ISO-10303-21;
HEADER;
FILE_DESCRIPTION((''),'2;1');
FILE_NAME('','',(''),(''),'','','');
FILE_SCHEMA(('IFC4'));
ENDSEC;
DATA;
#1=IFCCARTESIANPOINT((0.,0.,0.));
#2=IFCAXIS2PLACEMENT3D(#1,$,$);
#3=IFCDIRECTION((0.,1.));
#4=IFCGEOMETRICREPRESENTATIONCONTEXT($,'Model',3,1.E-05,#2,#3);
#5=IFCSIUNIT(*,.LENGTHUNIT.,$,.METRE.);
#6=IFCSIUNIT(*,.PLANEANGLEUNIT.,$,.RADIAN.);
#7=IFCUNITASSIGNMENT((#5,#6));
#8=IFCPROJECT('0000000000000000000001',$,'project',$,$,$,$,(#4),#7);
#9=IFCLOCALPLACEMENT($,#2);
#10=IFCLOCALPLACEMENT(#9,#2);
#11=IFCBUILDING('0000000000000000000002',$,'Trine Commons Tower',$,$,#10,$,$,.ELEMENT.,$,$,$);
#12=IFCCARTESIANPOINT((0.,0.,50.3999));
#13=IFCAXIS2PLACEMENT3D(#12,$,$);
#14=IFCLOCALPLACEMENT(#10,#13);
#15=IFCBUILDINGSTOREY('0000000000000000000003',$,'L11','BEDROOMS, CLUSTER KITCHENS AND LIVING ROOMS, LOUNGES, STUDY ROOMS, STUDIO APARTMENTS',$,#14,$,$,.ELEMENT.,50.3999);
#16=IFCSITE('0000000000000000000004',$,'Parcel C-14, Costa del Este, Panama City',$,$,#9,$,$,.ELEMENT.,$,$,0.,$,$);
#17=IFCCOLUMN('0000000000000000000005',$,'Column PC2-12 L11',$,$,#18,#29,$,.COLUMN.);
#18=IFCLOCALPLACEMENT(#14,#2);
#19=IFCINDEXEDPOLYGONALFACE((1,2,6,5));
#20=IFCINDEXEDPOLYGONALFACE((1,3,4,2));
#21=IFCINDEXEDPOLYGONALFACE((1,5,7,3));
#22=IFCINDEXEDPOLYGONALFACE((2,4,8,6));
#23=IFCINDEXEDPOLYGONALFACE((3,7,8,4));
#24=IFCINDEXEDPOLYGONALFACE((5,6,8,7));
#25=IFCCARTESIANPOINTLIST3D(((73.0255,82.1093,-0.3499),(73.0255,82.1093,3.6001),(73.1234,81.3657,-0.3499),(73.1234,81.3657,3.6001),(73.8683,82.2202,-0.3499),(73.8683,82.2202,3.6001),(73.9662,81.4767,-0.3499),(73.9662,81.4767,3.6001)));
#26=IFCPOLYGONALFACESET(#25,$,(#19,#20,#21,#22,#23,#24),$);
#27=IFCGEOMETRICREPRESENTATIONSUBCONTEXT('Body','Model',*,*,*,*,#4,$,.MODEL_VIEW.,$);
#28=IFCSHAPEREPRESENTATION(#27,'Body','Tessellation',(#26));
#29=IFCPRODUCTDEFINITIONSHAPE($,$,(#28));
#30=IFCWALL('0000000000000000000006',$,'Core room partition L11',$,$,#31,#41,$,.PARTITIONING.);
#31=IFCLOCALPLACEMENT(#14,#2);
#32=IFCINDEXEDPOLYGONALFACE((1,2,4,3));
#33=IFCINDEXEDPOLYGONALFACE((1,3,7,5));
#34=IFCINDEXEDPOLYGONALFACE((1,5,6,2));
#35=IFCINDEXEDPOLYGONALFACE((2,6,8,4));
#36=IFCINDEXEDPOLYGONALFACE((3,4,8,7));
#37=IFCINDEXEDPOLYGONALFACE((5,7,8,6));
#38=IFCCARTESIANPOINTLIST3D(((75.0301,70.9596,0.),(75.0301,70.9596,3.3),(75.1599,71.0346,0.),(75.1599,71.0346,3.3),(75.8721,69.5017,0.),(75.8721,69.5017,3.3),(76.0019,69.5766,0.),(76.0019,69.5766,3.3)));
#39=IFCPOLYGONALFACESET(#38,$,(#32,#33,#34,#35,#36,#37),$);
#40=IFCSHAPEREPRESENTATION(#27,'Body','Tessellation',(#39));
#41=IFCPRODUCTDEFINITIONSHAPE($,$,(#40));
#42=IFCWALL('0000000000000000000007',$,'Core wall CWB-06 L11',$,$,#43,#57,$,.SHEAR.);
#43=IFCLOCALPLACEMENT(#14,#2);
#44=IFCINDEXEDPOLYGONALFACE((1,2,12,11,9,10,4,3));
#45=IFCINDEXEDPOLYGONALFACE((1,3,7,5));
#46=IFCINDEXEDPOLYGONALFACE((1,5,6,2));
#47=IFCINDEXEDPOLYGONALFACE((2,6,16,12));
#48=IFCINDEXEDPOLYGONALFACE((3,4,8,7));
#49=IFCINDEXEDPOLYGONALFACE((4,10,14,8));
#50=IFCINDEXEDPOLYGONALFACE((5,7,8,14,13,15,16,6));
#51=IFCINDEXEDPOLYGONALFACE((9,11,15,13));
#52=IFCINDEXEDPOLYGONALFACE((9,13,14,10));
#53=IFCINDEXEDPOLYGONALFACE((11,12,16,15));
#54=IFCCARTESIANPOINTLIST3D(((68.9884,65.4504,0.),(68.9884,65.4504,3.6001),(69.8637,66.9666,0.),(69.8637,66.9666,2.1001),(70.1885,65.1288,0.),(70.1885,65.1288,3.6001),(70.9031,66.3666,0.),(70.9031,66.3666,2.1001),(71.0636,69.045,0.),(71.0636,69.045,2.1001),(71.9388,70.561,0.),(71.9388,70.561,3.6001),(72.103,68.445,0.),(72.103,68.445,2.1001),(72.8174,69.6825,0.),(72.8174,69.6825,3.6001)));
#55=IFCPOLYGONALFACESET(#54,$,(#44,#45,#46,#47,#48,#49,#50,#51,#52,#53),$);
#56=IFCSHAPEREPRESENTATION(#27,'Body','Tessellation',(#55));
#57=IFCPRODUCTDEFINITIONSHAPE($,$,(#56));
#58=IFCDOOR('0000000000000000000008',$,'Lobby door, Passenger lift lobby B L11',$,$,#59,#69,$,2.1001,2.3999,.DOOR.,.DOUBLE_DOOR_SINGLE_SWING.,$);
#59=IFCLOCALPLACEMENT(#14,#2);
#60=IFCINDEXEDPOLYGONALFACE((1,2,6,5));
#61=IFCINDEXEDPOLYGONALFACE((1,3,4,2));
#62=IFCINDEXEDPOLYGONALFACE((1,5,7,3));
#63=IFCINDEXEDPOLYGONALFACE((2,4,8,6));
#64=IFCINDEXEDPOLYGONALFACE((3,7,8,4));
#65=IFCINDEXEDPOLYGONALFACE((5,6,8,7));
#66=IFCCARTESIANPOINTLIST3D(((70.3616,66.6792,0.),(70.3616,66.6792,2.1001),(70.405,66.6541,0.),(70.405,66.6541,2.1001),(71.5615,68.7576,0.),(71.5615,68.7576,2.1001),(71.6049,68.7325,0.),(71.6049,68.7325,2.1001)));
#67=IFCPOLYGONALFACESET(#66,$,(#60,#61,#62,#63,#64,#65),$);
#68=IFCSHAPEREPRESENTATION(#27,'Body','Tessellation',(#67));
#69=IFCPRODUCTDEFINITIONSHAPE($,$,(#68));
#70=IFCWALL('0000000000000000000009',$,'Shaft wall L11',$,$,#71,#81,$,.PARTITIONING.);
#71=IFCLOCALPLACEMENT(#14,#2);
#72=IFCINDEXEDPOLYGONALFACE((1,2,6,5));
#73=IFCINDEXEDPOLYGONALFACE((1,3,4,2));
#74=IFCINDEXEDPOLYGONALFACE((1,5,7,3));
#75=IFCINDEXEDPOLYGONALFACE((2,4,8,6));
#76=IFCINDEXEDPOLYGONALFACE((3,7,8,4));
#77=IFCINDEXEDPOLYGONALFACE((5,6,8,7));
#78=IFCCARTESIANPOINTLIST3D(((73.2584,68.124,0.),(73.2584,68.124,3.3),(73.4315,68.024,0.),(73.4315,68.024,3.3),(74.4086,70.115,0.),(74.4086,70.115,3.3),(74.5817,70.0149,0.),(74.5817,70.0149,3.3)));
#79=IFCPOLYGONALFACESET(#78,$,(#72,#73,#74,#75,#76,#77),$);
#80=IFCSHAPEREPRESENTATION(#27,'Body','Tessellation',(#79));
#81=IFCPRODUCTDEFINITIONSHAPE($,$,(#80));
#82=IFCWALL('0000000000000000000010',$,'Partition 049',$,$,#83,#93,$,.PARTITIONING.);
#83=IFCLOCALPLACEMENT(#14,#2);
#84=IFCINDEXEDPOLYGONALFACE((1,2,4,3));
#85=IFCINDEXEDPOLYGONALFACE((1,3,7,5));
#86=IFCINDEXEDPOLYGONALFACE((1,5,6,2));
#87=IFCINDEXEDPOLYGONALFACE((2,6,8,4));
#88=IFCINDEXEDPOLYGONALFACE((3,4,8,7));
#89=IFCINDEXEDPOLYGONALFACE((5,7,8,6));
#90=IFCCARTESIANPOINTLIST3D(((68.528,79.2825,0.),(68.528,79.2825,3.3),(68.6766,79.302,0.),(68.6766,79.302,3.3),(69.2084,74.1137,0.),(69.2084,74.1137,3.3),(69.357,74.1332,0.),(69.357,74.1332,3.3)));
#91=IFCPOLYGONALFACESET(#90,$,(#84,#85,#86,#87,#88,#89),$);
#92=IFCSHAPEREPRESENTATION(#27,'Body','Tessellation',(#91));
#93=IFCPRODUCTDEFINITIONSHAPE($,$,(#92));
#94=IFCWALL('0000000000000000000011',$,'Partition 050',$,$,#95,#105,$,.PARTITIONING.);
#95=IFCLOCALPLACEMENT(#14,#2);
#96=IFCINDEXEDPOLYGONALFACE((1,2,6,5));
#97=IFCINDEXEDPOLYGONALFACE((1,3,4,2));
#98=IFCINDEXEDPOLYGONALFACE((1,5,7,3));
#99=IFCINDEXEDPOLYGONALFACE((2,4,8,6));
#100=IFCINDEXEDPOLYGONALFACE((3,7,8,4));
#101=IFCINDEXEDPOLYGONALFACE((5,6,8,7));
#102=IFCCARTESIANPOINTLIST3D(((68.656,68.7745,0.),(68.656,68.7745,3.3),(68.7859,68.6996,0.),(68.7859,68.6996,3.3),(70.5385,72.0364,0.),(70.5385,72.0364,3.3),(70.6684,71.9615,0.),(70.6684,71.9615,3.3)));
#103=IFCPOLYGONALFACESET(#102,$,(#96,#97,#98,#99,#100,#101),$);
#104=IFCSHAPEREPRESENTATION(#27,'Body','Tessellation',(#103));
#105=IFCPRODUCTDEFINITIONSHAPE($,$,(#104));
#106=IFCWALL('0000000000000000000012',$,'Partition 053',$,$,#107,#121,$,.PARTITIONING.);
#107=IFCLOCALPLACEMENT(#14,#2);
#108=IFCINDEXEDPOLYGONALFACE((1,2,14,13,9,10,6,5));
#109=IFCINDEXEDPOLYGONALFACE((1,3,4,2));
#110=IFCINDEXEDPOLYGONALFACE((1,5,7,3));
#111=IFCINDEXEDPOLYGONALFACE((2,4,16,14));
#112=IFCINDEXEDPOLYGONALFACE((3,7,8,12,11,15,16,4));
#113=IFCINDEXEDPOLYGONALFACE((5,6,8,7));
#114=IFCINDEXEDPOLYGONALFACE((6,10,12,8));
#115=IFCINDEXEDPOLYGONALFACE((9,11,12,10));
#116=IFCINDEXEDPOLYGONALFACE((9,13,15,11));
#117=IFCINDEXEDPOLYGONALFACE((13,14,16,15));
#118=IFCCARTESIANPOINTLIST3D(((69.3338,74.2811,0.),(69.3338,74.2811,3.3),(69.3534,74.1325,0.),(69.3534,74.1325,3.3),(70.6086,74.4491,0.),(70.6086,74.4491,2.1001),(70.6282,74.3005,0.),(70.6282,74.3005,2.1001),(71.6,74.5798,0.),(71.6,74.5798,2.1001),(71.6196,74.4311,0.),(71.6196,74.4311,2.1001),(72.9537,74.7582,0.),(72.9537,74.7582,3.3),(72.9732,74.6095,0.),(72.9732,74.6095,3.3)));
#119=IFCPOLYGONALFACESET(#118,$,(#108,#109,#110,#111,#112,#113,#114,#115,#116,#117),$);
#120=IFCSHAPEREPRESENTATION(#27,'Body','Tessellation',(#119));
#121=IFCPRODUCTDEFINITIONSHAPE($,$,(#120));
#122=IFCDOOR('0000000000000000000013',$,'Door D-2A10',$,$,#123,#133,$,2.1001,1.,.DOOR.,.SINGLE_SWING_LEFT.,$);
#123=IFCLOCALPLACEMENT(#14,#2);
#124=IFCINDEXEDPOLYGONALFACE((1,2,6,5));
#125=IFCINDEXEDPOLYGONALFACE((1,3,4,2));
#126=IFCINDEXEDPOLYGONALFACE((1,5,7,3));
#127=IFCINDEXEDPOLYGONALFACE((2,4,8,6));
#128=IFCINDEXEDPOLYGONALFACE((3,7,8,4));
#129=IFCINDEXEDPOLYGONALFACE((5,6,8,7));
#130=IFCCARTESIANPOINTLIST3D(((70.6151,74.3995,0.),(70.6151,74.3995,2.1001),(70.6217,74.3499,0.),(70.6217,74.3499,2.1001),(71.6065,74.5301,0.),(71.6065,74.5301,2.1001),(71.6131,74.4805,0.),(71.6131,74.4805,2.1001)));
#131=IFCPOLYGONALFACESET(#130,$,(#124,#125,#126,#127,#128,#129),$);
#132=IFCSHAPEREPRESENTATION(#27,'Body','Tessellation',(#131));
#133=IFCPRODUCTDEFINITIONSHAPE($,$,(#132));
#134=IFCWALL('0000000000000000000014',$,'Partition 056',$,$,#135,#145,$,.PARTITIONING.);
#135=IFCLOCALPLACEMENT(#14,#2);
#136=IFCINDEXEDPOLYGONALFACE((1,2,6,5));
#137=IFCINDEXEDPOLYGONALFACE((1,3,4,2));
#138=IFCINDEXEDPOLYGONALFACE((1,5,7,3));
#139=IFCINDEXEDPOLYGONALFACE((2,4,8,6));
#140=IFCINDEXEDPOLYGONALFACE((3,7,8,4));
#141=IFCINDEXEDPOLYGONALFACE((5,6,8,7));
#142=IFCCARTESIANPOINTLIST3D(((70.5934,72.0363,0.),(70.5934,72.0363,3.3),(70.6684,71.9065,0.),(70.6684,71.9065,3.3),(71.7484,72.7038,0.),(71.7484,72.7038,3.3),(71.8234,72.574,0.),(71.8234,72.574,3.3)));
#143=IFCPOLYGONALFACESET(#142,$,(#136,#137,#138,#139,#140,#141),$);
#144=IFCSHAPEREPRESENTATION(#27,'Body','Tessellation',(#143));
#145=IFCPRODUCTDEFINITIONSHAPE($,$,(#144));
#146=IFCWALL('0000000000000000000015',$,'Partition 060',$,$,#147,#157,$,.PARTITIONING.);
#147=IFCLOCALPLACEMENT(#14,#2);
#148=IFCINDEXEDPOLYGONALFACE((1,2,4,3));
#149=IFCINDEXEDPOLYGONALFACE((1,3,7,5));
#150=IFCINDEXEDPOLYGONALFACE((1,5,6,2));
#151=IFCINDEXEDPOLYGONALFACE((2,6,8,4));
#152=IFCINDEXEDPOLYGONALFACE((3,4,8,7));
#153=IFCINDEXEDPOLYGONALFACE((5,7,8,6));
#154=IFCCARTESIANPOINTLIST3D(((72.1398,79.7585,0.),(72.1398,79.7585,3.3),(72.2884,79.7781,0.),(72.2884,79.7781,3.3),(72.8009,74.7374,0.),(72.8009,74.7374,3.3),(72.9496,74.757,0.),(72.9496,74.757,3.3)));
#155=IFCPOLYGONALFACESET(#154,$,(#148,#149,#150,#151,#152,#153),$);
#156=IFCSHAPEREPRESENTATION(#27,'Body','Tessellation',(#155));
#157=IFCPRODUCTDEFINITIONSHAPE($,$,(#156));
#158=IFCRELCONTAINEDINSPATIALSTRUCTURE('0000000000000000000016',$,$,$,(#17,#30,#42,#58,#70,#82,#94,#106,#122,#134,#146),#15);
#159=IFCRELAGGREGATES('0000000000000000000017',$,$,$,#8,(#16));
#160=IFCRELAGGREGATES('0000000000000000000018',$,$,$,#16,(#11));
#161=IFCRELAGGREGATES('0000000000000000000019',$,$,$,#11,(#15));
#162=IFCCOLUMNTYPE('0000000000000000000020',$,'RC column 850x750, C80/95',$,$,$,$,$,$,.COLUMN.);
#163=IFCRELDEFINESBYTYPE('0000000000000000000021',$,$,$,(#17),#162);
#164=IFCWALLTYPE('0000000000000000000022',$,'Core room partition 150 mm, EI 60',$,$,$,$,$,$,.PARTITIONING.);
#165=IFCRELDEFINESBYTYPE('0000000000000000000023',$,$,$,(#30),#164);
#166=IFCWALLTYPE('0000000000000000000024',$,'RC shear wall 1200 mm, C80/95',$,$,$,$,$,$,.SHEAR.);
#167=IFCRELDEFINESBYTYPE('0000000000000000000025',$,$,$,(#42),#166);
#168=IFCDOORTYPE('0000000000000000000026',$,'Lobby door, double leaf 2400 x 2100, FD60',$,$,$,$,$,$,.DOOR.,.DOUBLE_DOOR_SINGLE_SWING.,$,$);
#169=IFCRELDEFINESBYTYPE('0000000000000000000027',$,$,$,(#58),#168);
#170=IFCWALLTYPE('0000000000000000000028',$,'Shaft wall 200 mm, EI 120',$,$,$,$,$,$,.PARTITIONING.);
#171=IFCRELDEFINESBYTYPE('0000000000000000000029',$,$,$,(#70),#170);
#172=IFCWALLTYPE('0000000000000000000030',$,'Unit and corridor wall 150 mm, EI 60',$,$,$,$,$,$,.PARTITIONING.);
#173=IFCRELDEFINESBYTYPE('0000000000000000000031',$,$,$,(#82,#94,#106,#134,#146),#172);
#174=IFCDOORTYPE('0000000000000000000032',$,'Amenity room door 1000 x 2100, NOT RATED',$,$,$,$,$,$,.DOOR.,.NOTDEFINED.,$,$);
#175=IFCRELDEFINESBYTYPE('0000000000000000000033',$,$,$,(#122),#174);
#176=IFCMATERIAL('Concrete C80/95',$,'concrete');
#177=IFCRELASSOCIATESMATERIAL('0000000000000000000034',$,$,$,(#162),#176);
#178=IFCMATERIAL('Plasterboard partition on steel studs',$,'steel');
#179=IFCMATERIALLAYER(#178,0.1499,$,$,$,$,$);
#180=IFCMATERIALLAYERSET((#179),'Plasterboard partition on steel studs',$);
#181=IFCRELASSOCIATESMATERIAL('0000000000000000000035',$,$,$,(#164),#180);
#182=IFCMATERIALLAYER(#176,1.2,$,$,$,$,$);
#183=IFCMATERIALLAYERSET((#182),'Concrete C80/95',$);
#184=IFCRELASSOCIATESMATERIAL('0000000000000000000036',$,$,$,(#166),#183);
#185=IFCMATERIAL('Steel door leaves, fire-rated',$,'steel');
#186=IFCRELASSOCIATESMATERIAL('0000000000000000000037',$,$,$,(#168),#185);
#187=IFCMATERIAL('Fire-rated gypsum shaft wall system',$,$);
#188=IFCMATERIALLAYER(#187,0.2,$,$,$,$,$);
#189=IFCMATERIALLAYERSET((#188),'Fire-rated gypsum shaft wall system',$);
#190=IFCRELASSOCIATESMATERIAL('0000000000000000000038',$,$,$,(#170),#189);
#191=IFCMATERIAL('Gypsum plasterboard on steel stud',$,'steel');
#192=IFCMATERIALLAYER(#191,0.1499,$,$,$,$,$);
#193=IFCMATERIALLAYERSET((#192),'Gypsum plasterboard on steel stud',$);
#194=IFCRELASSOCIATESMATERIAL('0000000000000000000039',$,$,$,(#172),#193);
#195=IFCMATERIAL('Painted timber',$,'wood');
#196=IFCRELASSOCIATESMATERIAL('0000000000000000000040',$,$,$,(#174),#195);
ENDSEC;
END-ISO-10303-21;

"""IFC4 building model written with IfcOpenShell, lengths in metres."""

from ifc_helpers import new_model, si_unit, direction, frame, frame_2d, origin, origin_2d, place, context, subcontext, project, spatial, polyline, rectangle, outline, extrude, material, layer, layer_set, material_profile, profile_set, type_object, element, fill, save


model = new_model("IFC4")

# Units and contexts
model_context = context("Model", 3, precision=1e-05, world=origin(), true_north=direction((0.0, 1.0)))
body_context = subcontext(model_context, "Body", "Model", "MODEL_VIEW")
ifc_project = project(units=[si_unit("LENGTHUNIT", "METRE"), si_unit("PLANEANGLEUNIT", "RADIAN")], contexts=[model_context])

# Site, building, storey
site_placement = place(None, origin())
site = spatial("IfcSite", under=ifc_project, at=site_placement, Name="Parcel C-14, Costa del Este, Panama City", CompositionType="ELEMENT", RefElevation=0.0)
building_placement = place(site_placement, origin())
building = spatial("IfcBuilding", under=site, at=building_placement, Name="Trine Commons Tower", CompositionType="ELEMENT")
storey_placement = place(building_placement, frame((0.0, 0.0, 50.3999)))
storey = spatial("IfcBuildingStorey", under=building, at=storey_placement, Name="L11", Description="BEDROOMS, CLUSTER KITCHENS AND LIVING ROOMS, LOUNGES, STUDY ROOMS, STUDIO APARTMENTS", CompositionType="ELEMENT", Elevation=50.3999)

# Column
ifc_material_1 = material(Name="Concrete C80/95", Category="concrete")
ifc_material_profile = material_profile(ifc_material_1, rectangle(XDim=0.8501, YDim=0.75, at=origin_2d()), Name="RC 850x750")
ifc_profile_set = profile_set([ifc_material_profile], Name="Concrete C80/95")
column_type = type_object("IfcColumnType", Name="RC column 850x750, C80/95", PredefinedType="COLUMN", material=ifc_profile_set)
column_placement = place(storey_placement, frame((73.4958, 81.793, -0.3499), z_axis=(0.0, 0.0, 1.0), x_axis=(0.991445, 0.130526, 0.0)))
element("IfcColumn", 1, at=column_placement, inside=storey, type_object=column_type, Name="Column PC2-12 L11", PredefinedType="COLUMN", context=body_context, shape_type="SweptSolid", body=[
    extrude(rectangle(XDim=0.8501, YDim=0.75, at=origin_2d()), origin(), (0.0, 0.0, 1.0), 3.95),
])

# Wall
ifc_material_2 = material(Name="Plasterboard partition on steel studs", Category="steel")
ifc_layer_1 = layer(ifc_material_2, 0.1499)
ifc_layer_set_1 = layer_set([ifc_layer_1], Name="Plasterboard partition on steel studs")
wall_type_1 = type_object("IfcWallType", Name="Core room partition 150 mm, EI 60", PredefinedType="PARTITIONING", material=ifc_layer_set_1)
wall_1_placement = place(storey_placement, frame((75.095, 70.9971, 0.0), z_axis=(0.0, 0.0, 1.0), x_axis=(0.500116, -0.865959, 0.0)))
element("IfcWall", 2, at=wall_1_placement, inside=storey, type_object=wall_type_1, Name="Core room partition L11", PredefinedType="PARTITIONING", context=body_context, shape_type="SweptSolid", body=[
    extrude(rectangle(XDim=1.6836, YDim=0.1499, at=frame_2d((0.8418, 0.0))), origin(), (0.0, 0.0, 1.0), 3.3),
])

# Wall, opening, door
ifc_layer_2 = layer(ifc_material_1, 1.2)
ifc_layer_set_2 = layer_set([ifc_layer_2], Name="Concrete C80/95")
wall_type_2 = type_object("IfcWallType", Name="RC shear wall 1200 mm, C80/95", PredefinedType="SHEAR", material=ifc_layer_set_2)
wall_2_placement = place(storey_placement, frame((72.4585, 70.261, 0.0), z_axis=(0.0, 0.0, 1.0), x_axis=(-0.499979, -0.866037, 0.0)))
wall_2 = element("IfcWall", 3, at=wall_2_placement, inside=storey, type_object=wall_type_2, Name="Core wall CWB-06 L11", PredefinedType="SHEAR", context=body_context, shape_type="SweptSolid", body=[
    extrude(outline(polyline([(0.0, -0.6001), (5.9011, -0.6001), (5.5796, 0.6001), (0.3215, 0.6001), (0.0, -0.6001)])), origin(), (0.0, 0.0, 1.0), 3.6001),
])
opening_1_placement = place(wall_2_placement, frame((1.7505, 0.0, 0.0)))
opening_1 = element("IfcOpeningElement", 4, at=opening_1_placement, cuts=wall_2, PredefinedType="OPENING", context=body_context, shape_type="SweptSolid", body=[
    extrude(rectangle(XDim=2.3999, YDim=2.1001, at=frame_2d((1.2, 1.05))), frame((0.0, 0.6099, 0.0), z_axis=(0.0, -1.0, 0.0), x_axis=(1.0, 0.0, 0.0)), (0.0, 0.0, 1.0), 1.22),
])
ifc_material_3 = material(Name="Steel door leaves, fire-rated", Category="steel")
door_type_1 = type_object("IfcDoorType", Name="Lobby door, double leaf 2400 x 2100, FD60", OperationType="DOUBLE_DOOR_SINGLE_SWING", PredefinedType="DOOR", material=ifc_material_3)
door_1_placement = place(opening_1_placement, origin())
door_1 = element("IfcDoor", 5, at=door_1_placement, inside=storey, type_object=door_type_1, Name="Lobby door, Passenger lift lobby B L11", OperationType="DOUBLE_DOOR_SINGLE_SWING", OverallHeight=2.1001, OverallWidth=2.3999, PredefinedType="DOOR", context=body_context, shape_type="SweptSolid", body=[
    extrude(rectangle(XDim=2.3999, YDim=2.1001, at=frame_2d((1.2, 1.05))), frame((0.0, 0.0249, 0.0), z_axis=(0.0, -1.0, 0.0), x_axis=(1.0, 0.0, 0.0)), (0.0, 0.0, 1.0), 0.05),
])
fill(opening_1, door_1)

# Walls
ifc_material_4 = material(Name="Fire-rated gypsum shaft wall system")
ifc_layer_3 = layer(ifc_material_4, 0.2)
ifc_layer_set_3 = layer_set([ifc_layer_3], Name="Fire-rated gypsum shaft wall system")
wall_type_3 = type_object("IfcWallType", Name="Shaft wall 200 mm, EI 120", PredefinedType="PARTITIONING", material=ifc_layer_set_3)
wall_3_placement = place(storey_placement, frame((73.345, 68.074, 0.0), z_axis=(0.0, 0.0, 1.0), x_axis=(0.500216, 0.865901, 0.0)))
element("IfcWall", 6, at=wall_3_placement, inside=storey, type_object=wall_type_3, Name="Shaft wall L11", PredefinedType="PARTITIONING", context=body_context, shape_type="SweptSolid", body=[
    extrude(rectangle(XDim=2.2993, YDim=0.2, at=frame_2d((1.1497, 0.0))), origin(), (0.0, 0.0, 1.0), 3.3),
])
ifc_material_5 = material(Name="Gypsum plasterboard on steel stud", Category="steel")
ifc_layer_4 = layer(ifc_material_5, 0.1499)
ifc_layer_set_4 = layer_set([ifc_layer_4], Name="Gypsum plasterboard on steel stud")
wall_type_4 = type_object("IfcWallType", Name="Unit and corridor wall 150 mm, EI 60", PredefinedType="PARTITIONING", material=ifc_layer_set_4)
wall_4_placement = place(storey_placement, frame((68.6023, 79.2922, 0.0), z_axis=(0.0, 0.0, 1.0), x_axis=(0.130516, -0.991446, 0.0)))
element("IfcWall", 7, at=wall_4_placement, inside=storey, type_object=wall_type_4, Name="Partition 049", PredefinedType="PARTITIONING", context=body_context, shape_type="SweptSolid", body=[
    extrude(rectangle(XDim=5.2134, YDim=0.1499, at=frame_2d((2.6067, 0.0))), origin(), (0.0, 0.0, 1.0), 3.3),
])
wall_5_placement = place(storey_placement, frame((68.7209, 68.7371, 0.0), z_axis=(0.0, 0.0, 1.0), x_axis=(0.499855, 0.866109, 0.0)))
element("IfcWall", 8, at=wall_5_placement, inside=storey, type_object=wall_type_4, Name="Partition 050", PredefinedType="PARTITIONING", context=body_context, shape_type="SweptSolid", body=[
    extrude(rectangle(XDim=3.7661, YDim=0.1499, at=frame_2d((1.8831, 0.0))), origin(), (0.0, 0.0, 1.0), 3.3),
])

# Wall, opening, door
wall_6_placement = place(storey_placement, frame((69.3435, 74.2068, 0.0), z_axis=(0.0, 0.0, 1.0), x_axis=(0.991428, 0.130657, 0.0)))
wall_6 = element("IfcWall", 9, at=wall_6_placement, inside=storey, type_object=wall_type_4, Name="Partition 053", PredefinedType="PARTITIONING", context=body_context, shape_type="SweptSolid", body=[
    extrude(rectangle(XDim=3.6511, YDim=0.1499, at=frame_2d((1.8257, 0.0))), origin(), (0.0, 0.0, 1.0), 3.3),
])
opening_2_placement = place(wall_6_placement, frame((1.2859, 0.0, 0.0)))
opening_2 = element("IfcOpeningElement", 10, at=opening_2_placement, cuts=wall_6, PredefinedType="OPENING", context=body_context, shape_type="SweptSolid", body=[
    extrude(rectangle(XDim=1.0, YDim=2.1001, at=frame_2d((0.5, 1.05))), frame((0.0, 0.085, 0.0), z_axis=(0.0, -1.0, 0.0), x_axis=(1.0, 0.0, 0.0)), (0.0, 0.0, 1.0), 0.1699),
])
ifc_material_6 = material(Name="Painted timber", Category="wood")
door_type_2 = type_object("IfcDoorType", Name="Amenity room door 1000 x 2100, NOT RATED", OperationType="NOTDEFINED", PredefinedType="DOOR", material=ifc_material_6)
door_2_placement = place(opening_2_placement, origin())
door_2 = element("IfcDoor", 11, at=door_2_placement, inside=storey, type_object=door_type_2, Name="Door D-2A10", OperationType="SINGLE_SWING_LEFT", OverallHeight=2.1001, OverallWidth=1.0, PredefinedType="DOOR", context=body_context, shape_type="SweptSolid", body=[
    extrude(rectangle(XDim=1.0, YDim=2.1001, at=frame_2d((0.5, 1.05))), frame((0.0, 0.0249, 0.0), z_axis=(0.0, -1.0, 0.0), x_axis=(1.0, 0.0, 0.0)), (0.0, 0.0, 1.0), 0.05),
])
fill(opening_2, door_2)

# Walls
wall_7_placement = place(storey_placement, frame((70.6309, 71.9714, 0.0), z_axis=(0.0, 0.0, 1.0), x_axis=(0.865823, 0.500351, 0.0)))
element("IfcWall", 12, at=wall_7_placement, inside=storey, type_object=wall_type_4, Name="Partition 056", PredefinedType="PARTITIONING", context=body_context, shape_type="SweptSolid", body=[
    extrude(rectangle(XDim=1.334, YDim=0.1499, at=frame_2d((0.667, 0.0))), origin(), (0.0, 0.0, 1.0), 3.3),
])
wall_8_placement = place(storey_placement, frame((72.2141, 79.7683, 0.0), z_axis=(0.0, 0.0, 1.0), x_axis=(0.130547, -0.991442, 0.0)))
element("IfcWall", 13, at=wall_8_placement, inside=storey, type_object=wall_type_4, Name="Partition 060", PredefinedType="PARTITIONING", context=body_context, shape_type="SweptSolid", body=[
    extrude(rectangle(XDim=5.0645, YDim=0.1499, at=frame_2d((2.5322, 0.0))), origin(), (0.0, 0.0, 1.0), 3.3),
])

save(model, "model.ifc")
